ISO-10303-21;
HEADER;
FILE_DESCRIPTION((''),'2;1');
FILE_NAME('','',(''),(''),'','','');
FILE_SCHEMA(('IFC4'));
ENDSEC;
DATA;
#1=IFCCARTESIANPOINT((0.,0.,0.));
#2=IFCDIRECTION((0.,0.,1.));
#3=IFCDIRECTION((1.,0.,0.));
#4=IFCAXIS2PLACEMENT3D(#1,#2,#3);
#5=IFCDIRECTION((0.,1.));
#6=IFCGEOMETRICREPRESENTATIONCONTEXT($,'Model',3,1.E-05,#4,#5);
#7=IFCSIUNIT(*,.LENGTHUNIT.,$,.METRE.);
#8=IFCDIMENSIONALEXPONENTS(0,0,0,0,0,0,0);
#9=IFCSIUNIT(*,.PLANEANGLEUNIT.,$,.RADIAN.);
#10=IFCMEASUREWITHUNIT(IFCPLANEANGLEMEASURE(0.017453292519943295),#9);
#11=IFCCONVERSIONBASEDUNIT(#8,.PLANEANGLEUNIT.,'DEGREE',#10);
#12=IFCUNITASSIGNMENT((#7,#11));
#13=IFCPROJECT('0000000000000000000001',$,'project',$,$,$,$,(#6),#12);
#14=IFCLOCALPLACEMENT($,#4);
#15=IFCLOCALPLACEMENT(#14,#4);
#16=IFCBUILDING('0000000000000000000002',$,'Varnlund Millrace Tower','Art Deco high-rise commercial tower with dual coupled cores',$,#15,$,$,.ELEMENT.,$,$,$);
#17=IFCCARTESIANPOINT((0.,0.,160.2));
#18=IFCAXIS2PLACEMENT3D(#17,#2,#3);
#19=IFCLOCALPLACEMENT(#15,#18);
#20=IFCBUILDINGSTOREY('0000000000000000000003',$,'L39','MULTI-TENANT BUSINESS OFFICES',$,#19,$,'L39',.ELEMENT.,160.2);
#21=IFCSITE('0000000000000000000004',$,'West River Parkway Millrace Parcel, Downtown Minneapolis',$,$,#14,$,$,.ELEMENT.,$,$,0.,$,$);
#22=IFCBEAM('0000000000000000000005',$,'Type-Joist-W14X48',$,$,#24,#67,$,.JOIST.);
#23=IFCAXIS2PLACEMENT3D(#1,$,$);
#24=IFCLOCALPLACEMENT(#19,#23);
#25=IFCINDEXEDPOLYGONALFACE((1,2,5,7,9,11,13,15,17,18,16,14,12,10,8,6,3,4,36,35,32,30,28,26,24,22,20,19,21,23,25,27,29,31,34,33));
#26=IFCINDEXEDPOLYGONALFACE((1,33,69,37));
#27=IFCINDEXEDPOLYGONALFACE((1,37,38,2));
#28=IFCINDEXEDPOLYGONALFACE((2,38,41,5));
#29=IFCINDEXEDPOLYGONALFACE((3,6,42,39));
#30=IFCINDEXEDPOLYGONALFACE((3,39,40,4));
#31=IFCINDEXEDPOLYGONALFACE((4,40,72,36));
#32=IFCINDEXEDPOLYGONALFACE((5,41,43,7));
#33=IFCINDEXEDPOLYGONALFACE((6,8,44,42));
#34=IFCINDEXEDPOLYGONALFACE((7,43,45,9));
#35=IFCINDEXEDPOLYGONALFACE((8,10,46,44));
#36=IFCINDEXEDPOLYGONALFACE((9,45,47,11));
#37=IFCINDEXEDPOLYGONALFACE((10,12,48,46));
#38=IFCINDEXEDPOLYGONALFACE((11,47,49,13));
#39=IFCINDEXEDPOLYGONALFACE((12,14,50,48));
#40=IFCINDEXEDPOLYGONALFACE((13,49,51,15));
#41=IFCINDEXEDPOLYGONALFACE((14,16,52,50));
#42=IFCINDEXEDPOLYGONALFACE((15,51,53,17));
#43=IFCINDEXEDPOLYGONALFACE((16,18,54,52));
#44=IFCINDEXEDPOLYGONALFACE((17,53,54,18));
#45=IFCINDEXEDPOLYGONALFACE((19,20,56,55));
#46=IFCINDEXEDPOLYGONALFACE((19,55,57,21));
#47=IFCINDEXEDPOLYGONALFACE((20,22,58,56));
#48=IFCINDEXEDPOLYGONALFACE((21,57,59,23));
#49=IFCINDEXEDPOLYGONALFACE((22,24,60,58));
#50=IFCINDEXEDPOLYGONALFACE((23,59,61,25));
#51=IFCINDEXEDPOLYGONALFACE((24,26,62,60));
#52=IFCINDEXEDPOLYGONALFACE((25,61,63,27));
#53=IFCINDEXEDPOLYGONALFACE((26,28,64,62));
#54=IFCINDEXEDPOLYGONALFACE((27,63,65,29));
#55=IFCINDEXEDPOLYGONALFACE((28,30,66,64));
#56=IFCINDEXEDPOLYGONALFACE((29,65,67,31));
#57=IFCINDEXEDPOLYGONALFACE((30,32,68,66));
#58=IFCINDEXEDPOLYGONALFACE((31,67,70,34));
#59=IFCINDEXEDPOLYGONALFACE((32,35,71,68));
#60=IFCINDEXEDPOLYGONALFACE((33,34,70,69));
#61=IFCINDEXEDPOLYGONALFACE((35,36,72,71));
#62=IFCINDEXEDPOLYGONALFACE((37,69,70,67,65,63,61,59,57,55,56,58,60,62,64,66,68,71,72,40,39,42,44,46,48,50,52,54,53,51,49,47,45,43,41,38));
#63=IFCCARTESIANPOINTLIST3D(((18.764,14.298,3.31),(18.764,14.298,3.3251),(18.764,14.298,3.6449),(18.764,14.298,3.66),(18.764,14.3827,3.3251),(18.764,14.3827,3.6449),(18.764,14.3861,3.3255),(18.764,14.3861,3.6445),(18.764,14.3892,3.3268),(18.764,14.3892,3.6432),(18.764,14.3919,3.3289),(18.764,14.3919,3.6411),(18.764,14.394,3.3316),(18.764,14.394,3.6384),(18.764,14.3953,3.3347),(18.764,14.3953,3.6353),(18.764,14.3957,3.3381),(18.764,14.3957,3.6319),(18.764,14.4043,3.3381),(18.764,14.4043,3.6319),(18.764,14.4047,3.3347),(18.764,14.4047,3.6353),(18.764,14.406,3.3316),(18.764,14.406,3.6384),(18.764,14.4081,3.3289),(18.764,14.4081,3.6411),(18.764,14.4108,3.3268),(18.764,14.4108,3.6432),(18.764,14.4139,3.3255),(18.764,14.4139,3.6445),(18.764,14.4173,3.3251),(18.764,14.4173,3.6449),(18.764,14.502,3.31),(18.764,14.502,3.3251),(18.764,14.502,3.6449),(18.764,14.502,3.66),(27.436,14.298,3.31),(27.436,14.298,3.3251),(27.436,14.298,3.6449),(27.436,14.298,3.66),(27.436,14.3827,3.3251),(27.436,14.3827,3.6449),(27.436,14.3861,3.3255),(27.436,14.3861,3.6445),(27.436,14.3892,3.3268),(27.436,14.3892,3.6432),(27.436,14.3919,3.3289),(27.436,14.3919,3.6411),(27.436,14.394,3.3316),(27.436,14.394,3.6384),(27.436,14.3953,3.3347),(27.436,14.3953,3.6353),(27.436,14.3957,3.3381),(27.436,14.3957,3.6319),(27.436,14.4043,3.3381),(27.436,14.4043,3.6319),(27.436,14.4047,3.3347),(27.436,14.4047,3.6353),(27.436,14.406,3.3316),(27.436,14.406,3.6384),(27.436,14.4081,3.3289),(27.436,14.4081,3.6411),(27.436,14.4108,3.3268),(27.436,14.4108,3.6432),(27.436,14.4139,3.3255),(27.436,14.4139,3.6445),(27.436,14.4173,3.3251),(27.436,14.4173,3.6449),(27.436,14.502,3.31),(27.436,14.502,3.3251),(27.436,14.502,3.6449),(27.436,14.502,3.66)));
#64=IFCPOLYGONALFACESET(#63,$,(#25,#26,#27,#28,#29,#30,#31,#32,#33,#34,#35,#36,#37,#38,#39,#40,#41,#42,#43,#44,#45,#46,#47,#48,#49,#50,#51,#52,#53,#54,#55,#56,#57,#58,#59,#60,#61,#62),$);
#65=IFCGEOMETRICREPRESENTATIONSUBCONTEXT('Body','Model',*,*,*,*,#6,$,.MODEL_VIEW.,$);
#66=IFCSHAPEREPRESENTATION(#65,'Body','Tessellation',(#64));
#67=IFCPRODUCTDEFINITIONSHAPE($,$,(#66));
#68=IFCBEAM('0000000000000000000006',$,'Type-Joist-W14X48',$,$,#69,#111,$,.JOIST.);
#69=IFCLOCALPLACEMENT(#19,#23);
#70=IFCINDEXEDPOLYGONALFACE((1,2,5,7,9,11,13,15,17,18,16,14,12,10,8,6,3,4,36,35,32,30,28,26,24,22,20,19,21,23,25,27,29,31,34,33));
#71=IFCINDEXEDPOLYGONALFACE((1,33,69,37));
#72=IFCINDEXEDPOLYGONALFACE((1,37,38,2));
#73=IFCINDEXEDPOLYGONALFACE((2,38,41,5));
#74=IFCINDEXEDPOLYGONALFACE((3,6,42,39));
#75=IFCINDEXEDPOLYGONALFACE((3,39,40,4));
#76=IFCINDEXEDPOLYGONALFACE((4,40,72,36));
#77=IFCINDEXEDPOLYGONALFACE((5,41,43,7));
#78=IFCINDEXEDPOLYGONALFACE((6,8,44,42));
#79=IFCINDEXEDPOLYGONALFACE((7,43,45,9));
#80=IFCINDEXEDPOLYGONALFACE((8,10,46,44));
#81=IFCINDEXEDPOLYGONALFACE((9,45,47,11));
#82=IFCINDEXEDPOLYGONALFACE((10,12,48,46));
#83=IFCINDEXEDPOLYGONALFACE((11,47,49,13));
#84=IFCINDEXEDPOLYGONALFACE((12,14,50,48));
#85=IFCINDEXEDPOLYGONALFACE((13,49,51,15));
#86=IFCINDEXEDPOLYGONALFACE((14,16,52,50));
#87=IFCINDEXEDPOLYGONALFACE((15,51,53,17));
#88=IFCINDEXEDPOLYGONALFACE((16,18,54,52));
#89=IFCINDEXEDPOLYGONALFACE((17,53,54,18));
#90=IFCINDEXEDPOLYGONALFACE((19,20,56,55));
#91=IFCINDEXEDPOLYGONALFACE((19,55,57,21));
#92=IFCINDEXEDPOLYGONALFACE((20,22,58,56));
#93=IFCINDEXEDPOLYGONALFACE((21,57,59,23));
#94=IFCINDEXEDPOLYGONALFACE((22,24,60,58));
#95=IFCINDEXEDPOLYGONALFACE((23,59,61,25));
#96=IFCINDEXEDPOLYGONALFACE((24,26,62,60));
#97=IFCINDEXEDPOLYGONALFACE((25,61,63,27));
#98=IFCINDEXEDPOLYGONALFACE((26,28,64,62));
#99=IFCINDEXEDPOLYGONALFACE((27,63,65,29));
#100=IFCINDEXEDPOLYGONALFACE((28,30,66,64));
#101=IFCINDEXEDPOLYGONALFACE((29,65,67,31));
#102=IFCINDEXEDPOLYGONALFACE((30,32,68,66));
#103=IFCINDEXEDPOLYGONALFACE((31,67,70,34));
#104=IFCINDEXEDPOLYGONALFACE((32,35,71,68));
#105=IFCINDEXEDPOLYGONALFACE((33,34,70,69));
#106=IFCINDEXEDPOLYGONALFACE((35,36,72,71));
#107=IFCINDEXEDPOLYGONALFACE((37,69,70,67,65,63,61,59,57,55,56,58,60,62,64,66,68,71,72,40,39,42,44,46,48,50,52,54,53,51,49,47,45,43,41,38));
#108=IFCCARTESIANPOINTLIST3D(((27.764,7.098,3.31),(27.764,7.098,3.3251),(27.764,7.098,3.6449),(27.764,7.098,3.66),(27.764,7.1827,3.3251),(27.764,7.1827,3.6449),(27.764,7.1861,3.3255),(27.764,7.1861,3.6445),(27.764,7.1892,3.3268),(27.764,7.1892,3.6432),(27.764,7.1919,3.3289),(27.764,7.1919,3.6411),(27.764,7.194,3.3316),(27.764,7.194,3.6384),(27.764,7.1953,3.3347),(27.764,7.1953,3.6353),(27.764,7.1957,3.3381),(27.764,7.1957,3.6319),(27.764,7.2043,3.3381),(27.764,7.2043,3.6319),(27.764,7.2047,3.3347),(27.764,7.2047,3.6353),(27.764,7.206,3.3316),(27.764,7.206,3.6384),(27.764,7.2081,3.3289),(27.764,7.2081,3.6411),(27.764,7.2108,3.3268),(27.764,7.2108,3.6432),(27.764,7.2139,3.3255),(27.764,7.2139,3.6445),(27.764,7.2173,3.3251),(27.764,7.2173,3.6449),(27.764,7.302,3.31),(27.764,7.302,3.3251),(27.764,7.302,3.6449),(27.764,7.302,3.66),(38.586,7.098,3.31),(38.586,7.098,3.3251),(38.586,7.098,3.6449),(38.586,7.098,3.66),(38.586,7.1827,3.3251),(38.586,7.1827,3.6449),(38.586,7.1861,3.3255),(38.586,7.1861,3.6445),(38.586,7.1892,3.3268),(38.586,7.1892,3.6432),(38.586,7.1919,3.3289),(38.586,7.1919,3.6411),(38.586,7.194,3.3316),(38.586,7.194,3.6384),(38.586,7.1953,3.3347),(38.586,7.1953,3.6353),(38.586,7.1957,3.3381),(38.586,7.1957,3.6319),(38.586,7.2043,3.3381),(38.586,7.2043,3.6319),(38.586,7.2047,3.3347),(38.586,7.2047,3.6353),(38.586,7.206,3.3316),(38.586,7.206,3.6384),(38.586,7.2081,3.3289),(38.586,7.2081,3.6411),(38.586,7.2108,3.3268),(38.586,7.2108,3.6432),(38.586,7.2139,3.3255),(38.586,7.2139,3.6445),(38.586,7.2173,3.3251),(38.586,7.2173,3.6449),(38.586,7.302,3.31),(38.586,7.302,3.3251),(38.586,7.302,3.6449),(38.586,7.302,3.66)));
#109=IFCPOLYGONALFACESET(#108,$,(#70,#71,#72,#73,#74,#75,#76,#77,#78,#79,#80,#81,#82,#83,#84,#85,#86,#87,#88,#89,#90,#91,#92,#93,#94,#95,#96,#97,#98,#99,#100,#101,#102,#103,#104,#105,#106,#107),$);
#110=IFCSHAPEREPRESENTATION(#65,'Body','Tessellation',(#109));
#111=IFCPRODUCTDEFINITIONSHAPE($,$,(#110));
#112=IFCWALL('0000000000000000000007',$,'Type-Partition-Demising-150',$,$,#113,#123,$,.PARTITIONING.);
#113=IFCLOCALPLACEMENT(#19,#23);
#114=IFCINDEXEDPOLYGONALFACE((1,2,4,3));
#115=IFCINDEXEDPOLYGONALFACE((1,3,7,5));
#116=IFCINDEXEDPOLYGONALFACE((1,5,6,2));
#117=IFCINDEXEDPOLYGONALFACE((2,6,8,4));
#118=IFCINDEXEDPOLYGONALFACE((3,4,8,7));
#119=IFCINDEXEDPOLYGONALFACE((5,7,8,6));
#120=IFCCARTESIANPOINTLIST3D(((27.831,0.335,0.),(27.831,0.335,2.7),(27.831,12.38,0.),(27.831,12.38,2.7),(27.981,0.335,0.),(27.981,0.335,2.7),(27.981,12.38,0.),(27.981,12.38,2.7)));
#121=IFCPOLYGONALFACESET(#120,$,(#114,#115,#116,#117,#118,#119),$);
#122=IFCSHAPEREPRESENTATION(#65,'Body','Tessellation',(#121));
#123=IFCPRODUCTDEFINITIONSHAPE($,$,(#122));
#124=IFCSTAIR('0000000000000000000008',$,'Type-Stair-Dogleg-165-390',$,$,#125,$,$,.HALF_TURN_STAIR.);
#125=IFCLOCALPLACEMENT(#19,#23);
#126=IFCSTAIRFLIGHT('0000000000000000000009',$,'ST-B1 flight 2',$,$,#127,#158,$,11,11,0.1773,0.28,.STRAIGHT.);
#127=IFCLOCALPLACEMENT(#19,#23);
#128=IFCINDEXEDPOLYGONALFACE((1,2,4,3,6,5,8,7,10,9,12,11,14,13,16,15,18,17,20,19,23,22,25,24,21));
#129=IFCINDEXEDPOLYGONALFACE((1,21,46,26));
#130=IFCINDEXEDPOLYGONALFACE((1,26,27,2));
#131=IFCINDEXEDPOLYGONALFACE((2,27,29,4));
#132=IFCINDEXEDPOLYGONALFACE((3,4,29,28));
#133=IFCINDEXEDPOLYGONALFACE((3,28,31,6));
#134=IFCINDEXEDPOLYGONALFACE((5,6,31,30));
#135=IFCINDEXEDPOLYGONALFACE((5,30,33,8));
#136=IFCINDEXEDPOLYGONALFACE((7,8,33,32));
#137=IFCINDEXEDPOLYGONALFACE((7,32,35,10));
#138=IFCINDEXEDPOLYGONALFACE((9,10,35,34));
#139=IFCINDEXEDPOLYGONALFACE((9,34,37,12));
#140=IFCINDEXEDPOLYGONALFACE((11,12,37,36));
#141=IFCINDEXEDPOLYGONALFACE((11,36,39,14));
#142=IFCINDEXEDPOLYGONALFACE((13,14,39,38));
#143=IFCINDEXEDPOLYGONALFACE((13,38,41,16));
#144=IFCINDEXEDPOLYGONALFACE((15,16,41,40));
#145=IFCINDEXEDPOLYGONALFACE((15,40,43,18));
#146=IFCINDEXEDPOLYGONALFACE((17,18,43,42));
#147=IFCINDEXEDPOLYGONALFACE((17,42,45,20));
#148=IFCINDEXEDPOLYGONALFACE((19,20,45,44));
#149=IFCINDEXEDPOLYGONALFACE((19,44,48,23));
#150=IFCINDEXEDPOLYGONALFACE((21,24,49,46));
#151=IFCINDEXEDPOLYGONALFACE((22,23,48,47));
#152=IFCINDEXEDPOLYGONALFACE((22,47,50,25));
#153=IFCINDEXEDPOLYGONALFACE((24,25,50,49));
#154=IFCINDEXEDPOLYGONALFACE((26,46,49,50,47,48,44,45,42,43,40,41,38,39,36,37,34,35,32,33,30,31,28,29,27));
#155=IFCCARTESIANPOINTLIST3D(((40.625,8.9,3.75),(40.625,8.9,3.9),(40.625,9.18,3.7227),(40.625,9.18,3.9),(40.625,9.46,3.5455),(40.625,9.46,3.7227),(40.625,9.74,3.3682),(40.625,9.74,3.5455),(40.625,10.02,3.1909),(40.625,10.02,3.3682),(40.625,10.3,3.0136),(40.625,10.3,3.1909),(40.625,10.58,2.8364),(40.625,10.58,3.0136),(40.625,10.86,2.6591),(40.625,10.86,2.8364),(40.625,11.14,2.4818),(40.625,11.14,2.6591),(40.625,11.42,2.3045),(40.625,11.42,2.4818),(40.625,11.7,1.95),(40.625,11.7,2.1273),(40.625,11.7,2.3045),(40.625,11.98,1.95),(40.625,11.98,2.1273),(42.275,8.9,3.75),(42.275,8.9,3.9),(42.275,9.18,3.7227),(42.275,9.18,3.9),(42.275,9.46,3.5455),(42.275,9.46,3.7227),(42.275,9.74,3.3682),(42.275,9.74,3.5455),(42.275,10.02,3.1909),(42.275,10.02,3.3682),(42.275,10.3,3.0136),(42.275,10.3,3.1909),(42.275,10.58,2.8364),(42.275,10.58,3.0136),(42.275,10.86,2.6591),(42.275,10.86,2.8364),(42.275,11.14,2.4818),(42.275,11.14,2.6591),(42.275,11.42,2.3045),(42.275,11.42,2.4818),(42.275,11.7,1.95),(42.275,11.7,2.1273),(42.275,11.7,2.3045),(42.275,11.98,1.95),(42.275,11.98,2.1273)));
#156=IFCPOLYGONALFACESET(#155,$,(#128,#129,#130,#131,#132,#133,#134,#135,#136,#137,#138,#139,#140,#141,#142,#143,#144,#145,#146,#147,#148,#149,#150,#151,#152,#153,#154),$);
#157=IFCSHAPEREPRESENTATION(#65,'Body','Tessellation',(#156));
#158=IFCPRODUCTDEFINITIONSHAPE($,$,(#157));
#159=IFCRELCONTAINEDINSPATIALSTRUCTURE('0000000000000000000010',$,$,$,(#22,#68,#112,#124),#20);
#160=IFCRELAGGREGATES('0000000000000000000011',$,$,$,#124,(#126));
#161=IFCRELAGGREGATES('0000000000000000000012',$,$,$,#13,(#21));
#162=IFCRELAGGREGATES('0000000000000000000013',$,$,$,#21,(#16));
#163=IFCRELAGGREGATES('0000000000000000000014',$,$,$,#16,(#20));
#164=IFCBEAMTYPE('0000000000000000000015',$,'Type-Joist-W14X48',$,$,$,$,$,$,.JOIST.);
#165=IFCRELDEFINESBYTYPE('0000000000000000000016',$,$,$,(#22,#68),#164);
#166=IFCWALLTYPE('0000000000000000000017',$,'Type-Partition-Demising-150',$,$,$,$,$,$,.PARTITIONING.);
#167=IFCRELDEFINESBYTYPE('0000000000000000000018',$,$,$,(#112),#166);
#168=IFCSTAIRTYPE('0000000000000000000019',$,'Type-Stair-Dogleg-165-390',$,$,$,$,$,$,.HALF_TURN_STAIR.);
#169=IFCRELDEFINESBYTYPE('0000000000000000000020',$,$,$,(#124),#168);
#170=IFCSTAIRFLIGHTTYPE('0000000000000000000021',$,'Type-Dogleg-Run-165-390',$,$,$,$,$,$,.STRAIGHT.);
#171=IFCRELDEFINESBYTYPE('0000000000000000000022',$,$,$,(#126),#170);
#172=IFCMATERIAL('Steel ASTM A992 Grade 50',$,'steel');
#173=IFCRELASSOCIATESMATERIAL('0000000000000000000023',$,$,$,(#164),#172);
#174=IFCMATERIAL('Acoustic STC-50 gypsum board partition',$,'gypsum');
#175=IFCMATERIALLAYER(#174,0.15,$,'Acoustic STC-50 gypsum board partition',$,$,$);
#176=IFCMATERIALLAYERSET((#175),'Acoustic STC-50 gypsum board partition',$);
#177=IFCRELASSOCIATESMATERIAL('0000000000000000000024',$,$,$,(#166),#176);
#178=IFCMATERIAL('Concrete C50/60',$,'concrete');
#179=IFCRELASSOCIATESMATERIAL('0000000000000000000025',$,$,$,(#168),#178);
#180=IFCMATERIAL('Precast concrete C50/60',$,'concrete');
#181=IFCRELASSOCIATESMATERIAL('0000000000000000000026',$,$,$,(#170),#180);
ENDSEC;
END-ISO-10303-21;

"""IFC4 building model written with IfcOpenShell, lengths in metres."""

from ifc_helpers import new_model, entity, si_unit, converted_unit, direction, frame, origin_with_axes, origin_2d_with_axis, place, context, subcontext, project, spatial, polyline, i_section, outline, extrude, material, layer, layer_set, material_profile, profile_set, type_object, element, aggregate, save


model = new_model("IFC4")

# Units and contexts
model_context = context("Model", 3, precision=1e-05, world=origin_with_axes(), true_north=direction((0.0, 1.0)))
body_context = subcontext(model_context, "Body", "Model", "MODEL_VIEW")
ifc_project = project(units=[si_unit("LENGTHUNIT", "METRE"), converted_unit("PLANEANGLEUNIT", "DEGREE", entity("IfcPlaneAngleMeasure", 0.017453292519943295), si_unit("PLANEANGLEUNIT", "RADIAN"), dimensions=[0, 0, 0, 0, 0, 0, 0])], contexts=[model_context])

# Site, building, storey
site_placement = place(None, origin_with_axes())
site = spatial("IfcSite", under=ifc_project, at=site_placement, Name="West River Parkway Millrace Parcel, Downtown Minneapolis", CompositionType="ELEMENT", RefElevation=0.0)
building_placement = place(site_placement, origin_with_axes())
building = spatial("IfcBuilding", under=site, at=building_placement, Name="Varnlund Millrace Tower", Description="Art Deco high-rise commercial tower with dual coupled cores", CompositionType="ELEMENT")
storey_placement = place(building_placement, frame((0.0, 0.0, 160.2), z_axis=(0.0, 0.0, 1.0), x_axis=(1.0, 0.0, 0.0)))
storey = spatial("IfcBuildingStorey", under=building, at=storey_placement, Name="L39", Description="MULTI-TENANT BUSINESS OFFICES", LongName="L39", CompositionType="ELEMENT", Elevation=160.2)

# Beams
ifc_material_1 = material(Name="Steel ASTM A992 Grade 50", Category="steel")
ifc_material_profile_1 = material_profile(ifc_material_1, i_section(OverallWidth=0.204, OverallDepth=0.35, WebThickness=0.0086, FlangeThickness=0.0151, FilletRadius=0.013, at=origin_2d_with_axis()), Name="Steel ASTM A992 Grade 50")
ifc_profile_set_1 = profile_set([ifc_material_profile_1], Name="Steel ASTM A992 Grade 50")
beam_type_1 = type_object("IfcBeamType", Name="Type-Joist-W14X48", PredefinedType="JOIST", material=ifc_profile_set_1)
for number, where, z_axis, x_axis, name in (
    (1, (18.764, 14.4, 3.485), (1.0, 0.0, 0.0), (0.0, 1.0, 0.0), "Type-Joist-W14X48"),
):
    element("IfcBeam", number, at=place(storey_placement, frame(where, z_axis=z_axis, x_axis=x_axis)), inside=storey, type_object=beam_type_1, Name=name, PredefinedType="JOIST", context=body_context, shape_type="SweptSolid", body=[
        extrude(i_section(OverallWidth=0.204, OverallDepth=0.35, WebThickness=0.0086, FlangeThickness=0.0151, FilletRadius=0.013, at=origin_2d_with_axis()), origin_with_axes(), (0.0, 0.0, 1.0), 8.672),
    ])
beam_1_placement = place(storey_placement, frame((27.764, 7.2, 3.485), z_axis=(1.0, 0.0, 0.0), x_axis=(0.0, 1.0, 0.0)))
element("IfcBeam", 2, at=beam_1_placement, inside=storey, type_object=beam_type_1, Name="Type-Joist-W14X48", PredefinedType="JOIST", context=body_context, shape_type="SweptSolid", body=[
    extrude(i_section(OverallWidth=0.204, OverallDepth=0.35, WebThickness=0.0086, FlangeThickness=0.0151, FilletRadius=0.013, at=origin_2d_with_axis()), origin_with_axes(), (0.0, 0.0, 1.0), 10.822),
])

# Wall
ifc_material_2 = material(Name="Acoustic STC-50 gypsum board partition", Category="gypsum")
ifc_layer = layer(ifc_material_2, 0.15, Name="Acoustic STC-50 gypsum board partition")
ifc_layer_set = layer_set([ifc_layer], Name="Acoustic STC-50 gypsum board partition")
wall_type = type_object("IfcWallType", Name="Type-Partition-Demising-150", PredefinedType="PARTITIONING", material=ifc_layer_set)
wall_placement = place(storey_placement, frame((27.906, 0.335, 0.0), z_axis=(0.0, 0.0, 1.0), x_axis=(0.0, 1.0, 0.0)))
element("IfcWall", 3, at=wall_placement, inside=storey, type_object=wall_type, Name="Type-Partition-Demising-150", PredefinedType="PARTITIONING", context=body_context, shape_type="SweptSolid", body=[
    extrude(outline(polyline([(0.0, -0.075), (12.045, -0.075), (12.045, 0.075), (0.0, 0.075), (0.0, -0.075)])), origin_with_axes(), (0.0, 0.0, 1.0), 2.7),
])

# Stair, stair flight
ifc_material_3 = material(Name="Concrete C50/60", Category="concrete")
stair_type = type_object("IfcStairType", Name="Type-Stair-Dogleg-165-390", PredefinedType="HALF_TURN_STAIR", material=ifc_material_3)
stair_placement = place(storey_placement, origin_with_axes())
stair = element("IfcStair", 4, at=stair_placement, inside=storey, type_object=stair_type, Name="Type-Stair-Dogleg-165-390", PredefinedType="HALF_TURN_STAIR")
ifc_material_4 = material(Name="Precast concrete C50/60", Category="concrete")
stair_flight_type = type_object("IfcStairFlightType", Name="Type-Dogleg-Run-165-390", PredefinedType="STRAIGHT", material=ifc_material_4)
stair_flight_placement = place(storey_placement, frame((42.275, 11.98, 1.95), z_axis=(-1.0, 0.0, 0.0), x_axis=(0.0, -1.0, 0.0)))
stair_flight = element("IfcStairFlight", 5, at=stair_flight_placement, type_object=stair_flight_type, Name="ST-B1 flight 2", NumberOfRisers=11, NumberOfTreads=11, PredefinedType="STRAIGHT", RiserHeight=0.1773, TreadLength=0.28, context=body_context, shape_type="SweptSolid", body=[
    extrude(outline(polyline([(0.0, 0.0), (0.0, 0.1773), (0.28, 0.1773), (0.28, 0.3545), (0.56, 0.3545), (0.56, 0.5318), (0.84, 0.5318), (0.84, 0.7091), (1.12, 0.7091), (1.12, 0.8864), (1.4, 0.8864), (1.4, 1.0636), (1.68, 1.0636), (1.68, 1.2409), (1.96, 1.2409), (1.96, 1.4182), (2.24, 1.4182), (2.24, 1.5955), (2.52, 1.5955), (2.52, 1.7727), (2.8, 1.7727), (2.8, 1.95), (3.08, 1.95), (3.08, 1.8), (0.28, 0.0), (0.0, 0.0)])), origin_with_axes(), (0.0, 0.0, 1.0), 1.65),
])
aggregate(stair, [stair_flight])

save(model, "model.ifc")
